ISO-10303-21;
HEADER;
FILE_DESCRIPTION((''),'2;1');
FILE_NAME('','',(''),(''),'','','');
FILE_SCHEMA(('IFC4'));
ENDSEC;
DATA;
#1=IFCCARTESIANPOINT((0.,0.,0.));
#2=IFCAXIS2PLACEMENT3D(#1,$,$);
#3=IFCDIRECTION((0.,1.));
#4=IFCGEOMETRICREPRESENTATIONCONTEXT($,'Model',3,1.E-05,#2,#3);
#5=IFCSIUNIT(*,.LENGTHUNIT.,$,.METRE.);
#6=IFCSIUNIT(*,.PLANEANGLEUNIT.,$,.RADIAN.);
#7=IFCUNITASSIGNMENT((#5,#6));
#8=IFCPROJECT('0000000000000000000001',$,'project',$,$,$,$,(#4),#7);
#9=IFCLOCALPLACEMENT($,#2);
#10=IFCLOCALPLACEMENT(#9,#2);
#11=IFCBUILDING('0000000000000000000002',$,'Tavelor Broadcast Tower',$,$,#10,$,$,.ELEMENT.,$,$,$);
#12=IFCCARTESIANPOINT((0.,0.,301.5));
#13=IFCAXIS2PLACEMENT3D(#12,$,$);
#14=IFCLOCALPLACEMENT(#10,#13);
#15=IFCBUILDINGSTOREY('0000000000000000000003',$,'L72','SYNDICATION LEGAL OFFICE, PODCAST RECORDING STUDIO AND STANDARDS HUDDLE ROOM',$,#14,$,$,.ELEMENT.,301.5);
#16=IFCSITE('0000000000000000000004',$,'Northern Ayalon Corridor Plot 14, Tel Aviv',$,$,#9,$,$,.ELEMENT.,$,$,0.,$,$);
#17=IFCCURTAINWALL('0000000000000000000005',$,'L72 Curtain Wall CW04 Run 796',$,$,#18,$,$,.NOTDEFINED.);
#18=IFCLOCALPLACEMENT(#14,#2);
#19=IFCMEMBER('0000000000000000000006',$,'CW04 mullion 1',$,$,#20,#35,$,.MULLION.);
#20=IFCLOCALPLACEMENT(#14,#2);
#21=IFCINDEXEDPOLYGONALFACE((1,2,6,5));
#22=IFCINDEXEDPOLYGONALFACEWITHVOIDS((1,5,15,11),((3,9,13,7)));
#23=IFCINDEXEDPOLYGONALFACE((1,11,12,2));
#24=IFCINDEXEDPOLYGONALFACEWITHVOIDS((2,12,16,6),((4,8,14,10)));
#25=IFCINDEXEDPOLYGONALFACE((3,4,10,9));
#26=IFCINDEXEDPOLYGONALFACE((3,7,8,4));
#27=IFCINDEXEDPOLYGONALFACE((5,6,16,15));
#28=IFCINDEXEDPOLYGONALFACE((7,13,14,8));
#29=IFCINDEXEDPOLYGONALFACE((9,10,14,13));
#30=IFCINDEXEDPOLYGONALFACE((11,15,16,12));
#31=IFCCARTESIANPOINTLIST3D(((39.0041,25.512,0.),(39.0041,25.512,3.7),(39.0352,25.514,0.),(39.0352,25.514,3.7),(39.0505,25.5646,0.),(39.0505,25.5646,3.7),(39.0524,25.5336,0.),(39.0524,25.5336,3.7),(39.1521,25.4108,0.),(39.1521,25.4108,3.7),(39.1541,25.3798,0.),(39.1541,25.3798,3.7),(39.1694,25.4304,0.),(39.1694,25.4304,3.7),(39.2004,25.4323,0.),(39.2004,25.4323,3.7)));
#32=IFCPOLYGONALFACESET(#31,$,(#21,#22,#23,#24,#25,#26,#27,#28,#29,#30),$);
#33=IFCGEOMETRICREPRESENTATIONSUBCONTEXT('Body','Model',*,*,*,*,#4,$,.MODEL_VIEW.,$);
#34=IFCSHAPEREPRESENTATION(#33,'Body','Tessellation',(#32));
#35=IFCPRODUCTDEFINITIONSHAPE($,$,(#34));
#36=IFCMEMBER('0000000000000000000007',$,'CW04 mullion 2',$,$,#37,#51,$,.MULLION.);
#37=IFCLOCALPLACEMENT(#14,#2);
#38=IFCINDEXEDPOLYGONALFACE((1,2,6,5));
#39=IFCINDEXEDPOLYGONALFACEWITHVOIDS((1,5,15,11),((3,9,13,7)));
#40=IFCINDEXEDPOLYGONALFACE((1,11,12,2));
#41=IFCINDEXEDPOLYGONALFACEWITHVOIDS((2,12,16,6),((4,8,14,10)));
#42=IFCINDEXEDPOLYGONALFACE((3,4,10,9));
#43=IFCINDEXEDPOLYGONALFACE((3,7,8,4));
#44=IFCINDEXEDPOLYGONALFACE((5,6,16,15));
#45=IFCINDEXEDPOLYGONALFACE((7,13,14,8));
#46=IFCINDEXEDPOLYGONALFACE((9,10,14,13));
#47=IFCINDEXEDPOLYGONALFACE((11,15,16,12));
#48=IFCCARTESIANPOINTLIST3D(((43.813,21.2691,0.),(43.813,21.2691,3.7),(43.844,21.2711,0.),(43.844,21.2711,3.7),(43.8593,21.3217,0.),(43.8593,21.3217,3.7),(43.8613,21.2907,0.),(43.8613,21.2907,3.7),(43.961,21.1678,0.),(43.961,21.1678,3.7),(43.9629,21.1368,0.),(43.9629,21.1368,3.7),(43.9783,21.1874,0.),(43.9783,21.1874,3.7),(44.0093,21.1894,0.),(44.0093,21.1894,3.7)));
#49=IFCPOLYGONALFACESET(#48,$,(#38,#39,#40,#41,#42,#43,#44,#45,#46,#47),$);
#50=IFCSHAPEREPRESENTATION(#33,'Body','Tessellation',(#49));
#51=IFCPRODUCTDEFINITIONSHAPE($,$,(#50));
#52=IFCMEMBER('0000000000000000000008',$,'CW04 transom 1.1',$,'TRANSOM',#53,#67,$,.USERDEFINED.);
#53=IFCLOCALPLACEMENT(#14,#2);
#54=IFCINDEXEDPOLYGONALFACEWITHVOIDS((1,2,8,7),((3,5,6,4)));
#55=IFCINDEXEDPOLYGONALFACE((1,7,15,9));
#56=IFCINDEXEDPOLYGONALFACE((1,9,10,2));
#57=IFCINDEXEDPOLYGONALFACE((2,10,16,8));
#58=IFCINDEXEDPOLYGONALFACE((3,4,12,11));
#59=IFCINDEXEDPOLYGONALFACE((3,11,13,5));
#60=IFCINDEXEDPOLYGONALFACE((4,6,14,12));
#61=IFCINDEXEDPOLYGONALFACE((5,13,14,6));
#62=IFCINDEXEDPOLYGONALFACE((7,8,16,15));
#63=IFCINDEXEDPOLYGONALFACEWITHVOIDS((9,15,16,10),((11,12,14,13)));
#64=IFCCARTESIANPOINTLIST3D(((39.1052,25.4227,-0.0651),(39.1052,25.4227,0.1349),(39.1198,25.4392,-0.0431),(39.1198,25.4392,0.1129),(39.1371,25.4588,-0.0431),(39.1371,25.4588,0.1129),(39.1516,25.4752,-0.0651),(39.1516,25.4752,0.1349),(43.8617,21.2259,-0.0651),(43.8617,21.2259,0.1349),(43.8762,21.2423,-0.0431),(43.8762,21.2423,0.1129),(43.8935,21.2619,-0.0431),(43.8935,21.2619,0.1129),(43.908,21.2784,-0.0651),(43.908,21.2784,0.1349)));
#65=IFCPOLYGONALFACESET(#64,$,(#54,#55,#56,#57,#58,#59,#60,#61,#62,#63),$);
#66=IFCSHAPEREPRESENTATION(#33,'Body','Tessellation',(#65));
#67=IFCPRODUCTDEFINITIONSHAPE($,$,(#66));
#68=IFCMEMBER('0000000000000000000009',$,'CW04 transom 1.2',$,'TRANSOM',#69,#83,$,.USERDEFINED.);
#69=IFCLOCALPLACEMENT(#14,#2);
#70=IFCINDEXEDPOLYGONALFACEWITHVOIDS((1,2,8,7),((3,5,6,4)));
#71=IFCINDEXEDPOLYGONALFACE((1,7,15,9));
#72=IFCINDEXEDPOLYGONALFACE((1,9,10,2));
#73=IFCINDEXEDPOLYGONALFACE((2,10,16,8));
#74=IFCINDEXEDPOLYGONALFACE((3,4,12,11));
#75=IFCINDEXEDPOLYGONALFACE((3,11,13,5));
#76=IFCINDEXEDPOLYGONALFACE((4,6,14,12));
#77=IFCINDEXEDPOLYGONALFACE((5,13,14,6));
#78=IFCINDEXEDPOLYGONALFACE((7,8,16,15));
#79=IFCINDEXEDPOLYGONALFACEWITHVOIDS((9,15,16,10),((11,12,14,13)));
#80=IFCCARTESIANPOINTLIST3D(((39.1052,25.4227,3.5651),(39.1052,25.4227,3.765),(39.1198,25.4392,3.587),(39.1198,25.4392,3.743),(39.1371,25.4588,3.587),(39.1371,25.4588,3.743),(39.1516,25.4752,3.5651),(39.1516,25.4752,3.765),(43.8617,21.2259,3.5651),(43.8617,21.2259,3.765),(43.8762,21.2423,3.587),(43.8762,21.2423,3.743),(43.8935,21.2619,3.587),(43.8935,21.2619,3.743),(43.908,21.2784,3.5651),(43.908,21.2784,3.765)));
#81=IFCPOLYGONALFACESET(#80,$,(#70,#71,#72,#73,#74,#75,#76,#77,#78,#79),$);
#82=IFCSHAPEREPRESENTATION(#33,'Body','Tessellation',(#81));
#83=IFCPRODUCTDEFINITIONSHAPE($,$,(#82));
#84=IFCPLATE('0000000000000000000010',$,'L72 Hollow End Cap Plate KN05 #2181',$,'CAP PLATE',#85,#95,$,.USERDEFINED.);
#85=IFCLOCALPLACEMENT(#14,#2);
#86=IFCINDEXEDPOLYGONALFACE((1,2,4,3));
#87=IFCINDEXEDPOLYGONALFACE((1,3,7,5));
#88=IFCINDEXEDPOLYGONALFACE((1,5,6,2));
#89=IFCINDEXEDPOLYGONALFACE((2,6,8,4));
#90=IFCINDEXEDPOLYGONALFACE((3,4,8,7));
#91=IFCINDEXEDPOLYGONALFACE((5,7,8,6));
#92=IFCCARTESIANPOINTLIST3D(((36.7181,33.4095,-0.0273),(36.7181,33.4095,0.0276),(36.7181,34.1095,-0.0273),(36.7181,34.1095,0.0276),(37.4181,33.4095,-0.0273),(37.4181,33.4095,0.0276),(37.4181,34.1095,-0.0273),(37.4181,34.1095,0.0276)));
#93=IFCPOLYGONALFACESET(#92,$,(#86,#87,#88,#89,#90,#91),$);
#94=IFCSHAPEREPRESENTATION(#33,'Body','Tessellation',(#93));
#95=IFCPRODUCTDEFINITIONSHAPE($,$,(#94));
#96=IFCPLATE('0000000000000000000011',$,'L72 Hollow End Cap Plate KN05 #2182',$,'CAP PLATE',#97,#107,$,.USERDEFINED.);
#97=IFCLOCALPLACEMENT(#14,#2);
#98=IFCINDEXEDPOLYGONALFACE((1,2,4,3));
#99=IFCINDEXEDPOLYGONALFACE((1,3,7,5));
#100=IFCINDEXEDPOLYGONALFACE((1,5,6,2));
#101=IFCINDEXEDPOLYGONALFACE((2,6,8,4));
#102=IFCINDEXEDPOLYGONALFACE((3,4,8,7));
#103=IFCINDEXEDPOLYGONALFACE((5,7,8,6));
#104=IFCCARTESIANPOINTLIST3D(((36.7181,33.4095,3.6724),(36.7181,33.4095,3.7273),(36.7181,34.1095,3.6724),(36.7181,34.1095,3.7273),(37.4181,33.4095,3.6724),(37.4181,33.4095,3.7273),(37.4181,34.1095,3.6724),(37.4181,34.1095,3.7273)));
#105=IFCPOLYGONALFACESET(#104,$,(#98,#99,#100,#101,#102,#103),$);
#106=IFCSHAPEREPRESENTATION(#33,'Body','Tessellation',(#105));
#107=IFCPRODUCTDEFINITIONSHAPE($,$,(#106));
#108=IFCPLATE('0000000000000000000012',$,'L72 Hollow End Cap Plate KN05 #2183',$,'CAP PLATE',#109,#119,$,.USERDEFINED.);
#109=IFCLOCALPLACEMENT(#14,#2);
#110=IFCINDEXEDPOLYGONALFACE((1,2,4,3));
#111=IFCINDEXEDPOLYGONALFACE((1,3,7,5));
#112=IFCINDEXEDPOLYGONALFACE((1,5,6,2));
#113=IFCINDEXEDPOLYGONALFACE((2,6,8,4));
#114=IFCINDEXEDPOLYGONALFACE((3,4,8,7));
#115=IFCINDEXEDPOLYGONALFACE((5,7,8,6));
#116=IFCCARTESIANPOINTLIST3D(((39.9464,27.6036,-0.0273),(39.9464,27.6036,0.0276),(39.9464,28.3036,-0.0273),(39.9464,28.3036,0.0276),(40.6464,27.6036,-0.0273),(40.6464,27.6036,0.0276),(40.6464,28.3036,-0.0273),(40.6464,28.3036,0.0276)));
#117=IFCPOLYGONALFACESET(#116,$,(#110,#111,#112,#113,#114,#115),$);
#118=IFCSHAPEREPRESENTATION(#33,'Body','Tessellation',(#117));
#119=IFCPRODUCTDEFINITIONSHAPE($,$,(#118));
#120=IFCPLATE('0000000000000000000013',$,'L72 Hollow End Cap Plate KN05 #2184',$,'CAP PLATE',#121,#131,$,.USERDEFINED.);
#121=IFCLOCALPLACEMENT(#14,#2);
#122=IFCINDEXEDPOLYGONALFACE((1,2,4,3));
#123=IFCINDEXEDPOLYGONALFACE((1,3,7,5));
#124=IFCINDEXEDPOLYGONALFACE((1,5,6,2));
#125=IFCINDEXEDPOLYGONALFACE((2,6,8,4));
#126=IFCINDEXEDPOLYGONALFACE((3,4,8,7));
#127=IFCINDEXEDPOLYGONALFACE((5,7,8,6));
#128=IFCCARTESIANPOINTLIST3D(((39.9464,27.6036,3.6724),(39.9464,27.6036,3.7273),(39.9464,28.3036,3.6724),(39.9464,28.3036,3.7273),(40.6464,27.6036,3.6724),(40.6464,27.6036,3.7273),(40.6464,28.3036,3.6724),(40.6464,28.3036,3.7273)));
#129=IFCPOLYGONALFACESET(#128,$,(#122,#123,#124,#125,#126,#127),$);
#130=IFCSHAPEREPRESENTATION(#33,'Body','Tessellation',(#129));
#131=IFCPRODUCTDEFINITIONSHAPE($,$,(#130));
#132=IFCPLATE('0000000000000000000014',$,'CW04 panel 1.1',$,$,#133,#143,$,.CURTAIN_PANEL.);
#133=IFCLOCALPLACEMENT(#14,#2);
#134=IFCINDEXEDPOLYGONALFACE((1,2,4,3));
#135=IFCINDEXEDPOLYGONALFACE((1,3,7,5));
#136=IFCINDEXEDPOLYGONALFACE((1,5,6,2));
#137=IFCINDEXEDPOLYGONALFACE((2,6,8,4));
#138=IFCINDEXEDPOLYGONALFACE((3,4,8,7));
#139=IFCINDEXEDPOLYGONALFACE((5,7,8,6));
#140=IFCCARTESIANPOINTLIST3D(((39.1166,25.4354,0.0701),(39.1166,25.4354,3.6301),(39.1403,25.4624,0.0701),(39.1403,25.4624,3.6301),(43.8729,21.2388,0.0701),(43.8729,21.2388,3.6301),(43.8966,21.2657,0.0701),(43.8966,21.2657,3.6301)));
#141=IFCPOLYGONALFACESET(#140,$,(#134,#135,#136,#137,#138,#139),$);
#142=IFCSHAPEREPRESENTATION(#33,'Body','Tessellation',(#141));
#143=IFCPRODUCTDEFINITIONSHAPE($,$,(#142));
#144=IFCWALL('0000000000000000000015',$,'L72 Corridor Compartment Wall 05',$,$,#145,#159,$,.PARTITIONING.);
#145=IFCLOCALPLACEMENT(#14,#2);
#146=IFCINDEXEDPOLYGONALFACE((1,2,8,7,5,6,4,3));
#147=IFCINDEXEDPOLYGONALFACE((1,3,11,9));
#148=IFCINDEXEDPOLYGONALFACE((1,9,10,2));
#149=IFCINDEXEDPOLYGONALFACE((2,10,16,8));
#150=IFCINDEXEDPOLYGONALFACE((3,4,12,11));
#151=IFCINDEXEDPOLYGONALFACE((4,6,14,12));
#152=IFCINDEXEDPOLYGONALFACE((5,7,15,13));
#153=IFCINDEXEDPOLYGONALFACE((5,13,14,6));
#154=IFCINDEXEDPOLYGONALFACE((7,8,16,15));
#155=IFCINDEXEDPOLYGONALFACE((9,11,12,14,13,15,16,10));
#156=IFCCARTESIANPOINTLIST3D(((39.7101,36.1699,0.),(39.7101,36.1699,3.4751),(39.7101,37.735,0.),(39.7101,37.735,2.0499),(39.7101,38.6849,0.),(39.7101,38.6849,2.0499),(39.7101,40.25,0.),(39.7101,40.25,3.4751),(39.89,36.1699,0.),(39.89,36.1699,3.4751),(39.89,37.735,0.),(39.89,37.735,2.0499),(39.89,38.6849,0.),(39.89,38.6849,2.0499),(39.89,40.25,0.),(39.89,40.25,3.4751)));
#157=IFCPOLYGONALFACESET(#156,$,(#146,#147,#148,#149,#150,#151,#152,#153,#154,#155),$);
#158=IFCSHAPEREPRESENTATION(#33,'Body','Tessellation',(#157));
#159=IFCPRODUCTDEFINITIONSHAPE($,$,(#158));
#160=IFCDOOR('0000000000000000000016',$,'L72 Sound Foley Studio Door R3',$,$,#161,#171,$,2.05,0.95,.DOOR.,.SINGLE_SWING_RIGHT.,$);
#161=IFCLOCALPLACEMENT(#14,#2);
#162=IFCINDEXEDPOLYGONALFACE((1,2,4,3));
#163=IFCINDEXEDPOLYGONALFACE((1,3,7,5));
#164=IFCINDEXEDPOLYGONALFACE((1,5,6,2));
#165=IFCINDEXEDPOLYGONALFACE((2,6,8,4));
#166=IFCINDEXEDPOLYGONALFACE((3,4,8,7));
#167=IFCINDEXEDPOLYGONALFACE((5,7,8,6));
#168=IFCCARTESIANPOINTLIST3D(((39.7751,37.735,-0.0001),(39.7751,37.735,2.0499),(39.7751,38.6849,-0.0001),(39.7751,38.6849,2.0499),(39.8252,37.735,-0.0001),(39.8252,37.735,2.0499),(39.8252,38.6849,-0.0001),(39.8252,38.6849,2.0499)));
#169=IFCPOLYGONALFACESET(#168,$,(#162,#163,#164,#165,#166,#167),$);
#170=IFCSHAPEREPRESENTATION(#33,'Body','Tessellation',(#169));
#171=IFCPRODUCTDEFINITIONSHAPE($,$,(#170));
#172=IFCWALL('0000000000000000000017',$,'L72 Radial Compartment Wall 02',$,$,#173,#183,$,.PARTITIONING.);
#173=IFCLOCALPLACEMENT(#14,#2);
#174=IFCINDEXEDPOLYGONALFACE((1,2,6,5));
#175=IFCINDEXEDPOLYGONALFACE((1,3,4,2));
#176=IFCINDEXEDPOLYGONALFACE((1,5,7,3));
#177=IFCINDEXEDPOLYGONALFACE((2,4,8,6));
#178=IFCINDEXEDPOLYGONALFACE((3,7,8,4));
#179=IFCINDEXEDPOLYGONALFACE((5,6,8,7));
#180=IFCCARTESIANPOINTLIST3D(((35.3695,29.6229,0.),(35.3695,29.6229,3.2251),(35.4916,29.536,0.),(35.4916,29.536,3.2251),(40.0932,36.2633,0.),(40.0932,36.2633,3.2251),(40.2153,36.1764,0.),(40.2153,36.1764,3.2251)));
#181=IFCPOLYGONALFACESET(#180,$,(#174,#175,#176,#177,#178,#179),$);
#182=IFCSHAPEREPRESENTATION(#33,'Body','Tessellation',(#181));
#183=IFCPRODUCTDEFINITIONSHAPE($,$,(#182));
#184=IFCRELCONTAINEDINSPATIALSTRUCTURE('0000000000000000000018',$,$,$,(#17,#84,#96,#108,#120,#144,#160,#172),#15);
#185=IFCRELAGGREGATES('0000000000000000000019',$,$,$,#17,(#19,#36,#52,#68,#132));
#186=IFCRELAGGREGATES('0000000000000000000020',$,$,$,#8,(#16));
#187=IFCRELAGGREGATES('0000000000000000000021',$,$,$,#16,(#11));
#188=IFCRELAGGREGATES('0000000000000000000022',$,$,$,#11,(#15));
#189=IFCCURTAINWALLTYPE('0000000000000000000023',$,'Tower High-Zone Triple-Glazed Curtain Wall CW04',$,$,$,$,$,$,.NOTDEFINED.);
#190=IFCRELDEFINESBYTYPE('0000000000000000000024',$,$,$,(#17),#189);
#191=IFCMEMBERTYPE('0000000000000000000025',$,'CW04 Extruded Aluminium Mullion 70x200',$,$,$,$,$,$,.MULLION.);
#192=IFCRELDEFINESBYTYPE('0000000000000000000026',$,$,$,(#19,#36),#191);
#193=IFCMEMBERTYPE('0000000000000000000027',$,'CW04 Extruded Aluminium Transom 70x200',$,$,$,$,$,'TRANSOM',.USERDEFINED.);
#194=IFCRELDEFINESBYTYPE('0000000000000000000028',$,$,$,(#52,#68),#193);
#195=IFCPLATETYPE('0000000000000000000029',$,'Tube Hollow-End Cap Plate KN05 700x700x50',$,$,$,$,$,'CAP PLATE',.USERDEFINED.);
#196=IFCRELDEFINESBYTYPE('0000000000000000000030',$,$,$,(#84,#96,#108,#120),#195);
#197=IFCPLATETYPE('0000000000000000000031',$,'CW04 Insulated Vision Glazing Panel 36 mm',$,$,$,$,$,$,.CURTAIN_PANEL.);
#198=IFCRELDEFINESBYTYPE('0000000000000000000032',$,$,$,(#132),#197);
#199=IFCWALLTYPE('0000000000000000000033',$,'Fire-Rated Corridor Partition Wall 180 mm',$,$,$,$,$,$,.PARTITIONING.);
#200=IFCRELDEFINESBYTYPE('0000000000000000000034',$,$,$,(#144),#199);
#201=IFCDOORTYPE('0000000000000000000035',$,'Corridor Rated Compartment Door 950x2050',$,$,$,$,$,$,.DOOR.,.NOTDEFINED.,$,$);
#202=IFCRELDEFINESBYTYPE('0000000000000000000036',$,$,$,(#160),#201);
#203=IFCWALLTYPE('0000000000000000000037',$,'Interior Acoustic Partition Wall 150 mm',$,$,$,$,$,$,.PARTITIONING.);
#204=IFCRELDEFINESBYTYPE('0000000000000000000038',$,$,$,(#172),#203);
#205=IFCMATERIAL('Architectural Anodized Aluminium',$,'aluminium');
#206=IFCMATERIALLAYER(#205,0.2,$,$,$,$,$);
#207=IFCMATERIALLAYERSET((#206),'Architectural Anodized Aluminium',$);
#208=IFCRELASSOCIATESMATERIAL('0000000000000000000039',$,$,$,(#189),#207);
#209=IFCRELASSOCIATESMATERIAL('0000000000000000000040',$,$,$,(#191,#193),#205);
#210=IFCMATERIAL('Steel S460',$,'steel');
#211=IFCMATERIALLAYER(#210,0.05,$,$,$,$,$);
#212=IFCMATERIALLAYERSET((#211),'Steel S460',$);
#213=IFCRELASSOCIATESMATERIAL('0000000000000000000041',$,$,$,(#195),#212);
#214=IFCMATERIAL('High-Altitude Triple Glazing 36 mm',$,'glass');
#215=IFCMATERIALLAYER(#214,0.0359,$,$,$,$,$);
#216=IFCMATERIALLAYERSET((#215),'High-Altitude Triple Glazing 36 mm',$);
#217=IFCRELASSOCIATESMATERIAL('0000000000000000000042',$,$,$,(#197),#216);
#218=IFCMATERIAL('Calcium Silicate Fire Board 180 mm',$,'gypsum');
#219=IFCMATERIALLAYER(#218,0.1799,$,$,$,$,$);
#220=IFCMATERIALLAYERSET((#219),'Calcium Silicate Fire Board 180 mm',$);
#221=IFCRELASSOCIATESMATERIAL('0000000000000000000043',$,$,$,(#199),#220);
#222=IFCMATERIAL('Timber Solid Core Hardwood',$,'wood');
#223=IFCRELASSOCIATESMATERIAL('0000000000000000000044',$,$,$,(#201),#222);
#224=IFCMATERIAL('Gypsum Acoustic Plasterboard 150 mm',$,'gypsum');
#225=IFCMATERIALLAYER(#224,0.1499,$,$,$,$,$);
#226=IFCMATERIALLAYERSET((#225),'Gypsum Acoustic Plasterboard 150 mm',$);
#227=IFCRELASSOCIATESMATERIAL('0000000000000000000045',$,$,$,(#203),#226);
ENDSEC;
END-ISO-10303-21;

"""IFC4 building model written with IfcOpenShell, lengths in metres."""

from ifc_helpers import new_model, si_unit, direction, frame, frame_2d, origin, origin_2d, place, context, subcontext, project, spatial, rectangle, hollow_rectangle, extrude, source, transform, mapped, material, layer, layer_set, material_profile, profile_set, type_object, type_shapes, element, fill, aggregate, save


model = new_model("IFC4")

# Units and contexts
model_context = context("Model", 3, precision=1e-05, world=origin(), true_north=direction((0.0, 1.0)))
body_context = subcontext(model_context, "Body", "Model", "MODEL_VIEW")
ifc_project = project(units=[si_unit("LENGTHUNIT", "METRE"), si_unit("PLANEANGLEUNIT", "RADIAN")], contexts=[model_context])

# Site, building, storey
site_placement = place(None, origin())
site = spatial("IfcSite", under=ifc_project, at=site_placement, Name="Northern Ayalon Corridor Plot 14, Tel Aviv", CompositionType="ELEMENT", RefElevation=0.0)
building_placement = place(site_placement, origin())
building = spatial("IfcBuilding", under=site, at=building_placement, Name="Tavelor Broadcast Tower", CompositionType="ELEMENT")
storey_placement = place(building_placement, frame((0.0, 0.0, 301.5)))
storey = spatial("IfcBuildingStorey", under=building, at=storey_placement, Name="L72", Description="SYNDICATION LEGAL OFFICE, PODCAST RECORDING STUDIO AND STANDARDS HUDDLE ROOM", CompositionType="ELEMENT", Elevation=301.5)

# Shared definitions
ifc_material_1 = material(Name="Steel S460", Category="steel")

# Shared definitions
ifc_material_2 = material(Name="Architectural Anodized Aluminium", Category="aluminium")
ifc_layer_1 = layer(ifc_material_2, 0.2)
ifc_layer_set_1 = layer_set([ifc_layer_1], Name="Architectural Anodized Aluminium")
curtain_wall_type = type_object("IfcCurtainWallType", Name="Tower High-Zone Triple-Glazed Curtain Wall CW04", PredefinedType="NOTDEFINED", material=ifc_layer_set_1)
ifc_material_profile_1 = material_profile(ifc_material_2, hollow_rectangle(XDim=0.0701, YDim=0.2, WallThickness=0.022, at=origin_2d()), Name="RHS 70x200x22")
ifc_profile_set_1 = profile_set([ifc_material_profile_1], Name="Architectural Anodized Aluminium")
member_type_1 = type_object("IfcMemberType", Name="CW04 Extruded Aluminium Mullion 70x200", PredefinedType="MULLION", material=ifc_profile_set_1)
shared_shape_1 = source(origin(), body_context, "Body", "SweptSolid", [
    extrude(hollow_rectangle(XDim=0.0701, YDim=0.2, WallThickness=0.022, at=origin_2d()), origin(), (0.0, 0.0, 1.0), 3.7),
])
type_shapes(member_type_1, [shared_shape_1])

# Curtain wall, members
curtain_wall_1_placement = place(storey_placement, origin())
curtain_wall_1 = element("IfcCurtainWall", 1, at=curtain_wall_1_placement, inside=storey, type_object=curtain_wall_type, Name="L72 Curtain Wall CW04 Run 796", PredefinedType="NOTDEFINED")
member_1_placement = place(storey_placement, frame((39.1023, 25.4722, 0.0), z_axis=(0.0, 0.0, 1.0), x_axis=(0.661614, 0.749844, 0.0)))
member_1 = element("IfcMember", 2, at=member_1_placement, type_object=member_type_1, Name="CW04 mullion 1", PredefinedType="MULLION", context=body_context, shape_type="MappedRepresentation", body=[
    mapped(shared_shape_1, transform((0.0, 0.0, 0.0), scale=1.0)),
])
member_2_placement = place(storey_placement, frame((43.9111, 21.2292, 0.0), z_axis=(0.0, 0.0, 1.0), x_axis=(0.661614, 0.749844, 0.0)))
member_2 = element("IfcMember", 3, at=member_2_placement, type_object=member_type_1, Name="CW04 mullion 2", PredefinedType="MULLION", context=body_context, shape_type="MappedRepresentation", body=[
    mapped(shared_shape_1, transform((0.0, 0.0, 0.0), scale=1.0)),
])
ifc_material_profile_2 = material_profile(ifc_material_2, hollow_rectangle(XDim=0.0701, YDim=0.2, WallThickness=0.022, at=origin_2d()), Name="RHS 70x200x22")
ifc_profile_set_2 = profile_set([ifc_material_profile_2], Name="Architectural Anodized Aluminium")
member_type_2 = type_object("IfcMemberType", Name="CW04 Extruded Aluminium Transom 70x200", ElementType="TRANSOM", PredefinedType="USERDEFINED", material=ifc_profile_set_2)
shared_shape_2 = source(origin(), body_context, "Body", "SweptSolid", [
    extrude(hollow_rectangle(XDim=0.0701, YDim=0.2, WallThickness=0.022, at=origin_2d()), origin(), (0.0, 0.0, 1.0), 6.3433),
])
type_shapes(member_type_2, [shared_shape_2])
member_3_placement = place(storey_placement, frame((39.1284, 25.449, 0.0349), z_axis=(0.749838, -0.661622, 0.0), x_axis=(0.661622, 0.749838, 0.0)))
member_3 = element("IfcMember", 4, at=member_3_placement, type_object=member_type_2, Name="CW04 transom 1.1", ObjectType="TRANSOM", PredefinedType="USERDEFINED", context=body_context, shape_type="MappedRepresentation", body=[
    mapped(shared_shape_2, transform((0.0, 0.0, 0.0), scale=1.0)),
])
member_4_placement = place(storey_placement, frame((39.1284, 25.449, 3.665), z_axis=(0.749838, -0.661622, 0.0), x_axis=(0.661622, 0.749838, 0.0)))
member_4 = element("IfcMember", 5, at=member_4_placement, type_object=member_type_2, Name="CW04 transom 1.2", ObjectType="TRANSOM", PredefinedType="USERDEFINED", context=body_context, shape_type="MappedRepresentation", body=[
    mapped(shared_shape_2, transform((0.0, 0.0, 0.0), scale=1.0)),
])

# Plates
ifc_layer_2 = layer(ifc_material_1, 0.05)
ifc_layer_set_2 = layer_set([ifc_layer_2], Name="Steel S460")
plate_type_1 = type_object("IfcPlateType", Name="Tube Hollow-End Cap Plate KN05 700x700x50", ElementType="CAP PLATE", PredefinedType="USERDEFINED", material=ifc_layer_set_2)
shared_shape_3 = source(origin(), body_context, "Body", "SweptSolid", [
    extrude(rectangle(XDim=0.7, YDim=0.7, at=origin_2d()), origin(), (0.0, 0.0, 1.0), 0.0549),
])
type_shapes(plate_type_1, [shared_shape_3])
for number, where, z_axis, x_axis, name in (
    (6, (37.0681, 33.7595, -0.0273), (0.0, 0.0, 1.0), (1.0, 0.0, 0.0), "L72 Hollow End Cap Plate KN05 #2181"),
    (7, (37.0681, 33.7595, 3.6724), (0.0, 0.0, 1.0), (1.0, 0.0, 0.0), "L72 Hollow End Cap Plate KN05 #2182"),
    (8, (40.2964, 27.9536, -0.0273), (0.0, 0.0, 1.0), (1.0, 0.0, 0.0), "L72 Hollow End Cap Plate KN05 #2183"),
    (9, (40.2964, 27.9536, 3.6724), (0.0, 0.0, 1.0), (1.0, 0.0, 0.0), "L72 Hollow End Cap Plate KN05 #2184"),
):
    element("IfcPlate", number, at=place(storey_placement, frame(where, z_axis=z_axis, x_axis=x_axis)), inside=storey, type_object=plate_type_1, Name=name, ObjectType="CAP PLATE", PredefinedType="USERDEFINED", context=body_context, shape_type="MappedRepresentation", body=[
        mapped(shared_shape_3, transform((0.0, 0.0, 0.0), scale=1.0)),
    ])

# Plate
ifc_material_3 = material(Name="High-Altitude Triple Glazing 36 mm", Category="glass")
ifc_layer_3 = layer(ifc_material_3, 0.0359)
ifc_layer_set_3 = layer_set([ifc_layer_3], Name="High-Altitude Triple Glazing 36 mm")
plate_type_2 = type_object("IfcPlateType", Name="CW04 Insulated Vision Glazing Panel 36 mm", PredefinedType="CURTAIN_PANEL", material=ifc_layer_set_3)
shared_shape_4 = source(origin(), body_context, "Body", "SweptSolid", [
    extrude(rectangle(XDim=6.343, YDim=0.0359, at=origin_2d()), origin(), (0.0, 0.0, 1.0), 3.5601),
])
type_shapes(plate_type_2, [shared_shape_4])
plate_placement = place(storey_placement, frame((41.5066, 23.3506, 0.0701), z_axis=(0.0, 0.0, 1.0), x_axis=(0.749844, -0.661614, 0.0)))
plate = element("IfcPlate", 10, at=plate_placement, type_object=plate_type_2, Name="CW04 panel 1.1", PredefinedType="CURTAIN_PANEL", context=body_context, shape_type="MappedRepresentation", body=[
    mapped(shared_shape_4, transform((0.0, 0.0, 0.0), scale=1.0)),
])
aggregate(curtain_wall_1, [member_1, member_2, member_3, member_4, plate])

# Wall, opening, door
ifc_material_4 = material(Name="Calcium Silicate Fire Board 180 mm", Category="gypsum")
ifc_layer_4 = layer(ifc_material_4, 0.1799)
ifc_layer_set_4 = layer_set([ifc_layer_4], Name="Calcium Silicate Fire Board 180 mm")
wall_type_1 = type_object("IfcWallType", Name="Fire-Rated Corridor Partition Wall 180 mm", PredefinedType="PARTITIONING", material=ifc_layer_set_4)
wall_1_placement = place(storey_placement, frame((39.8, 36.1699, 0.0), z_axis=(0.0, 0.0, 1.0), x_axis=(0.0, 1.0, 0.0)))
wall_1 = element("IfcWall", 11, at=wall_1_placement, inside=storey, type_object=wall_type_1, Name="L72 Corridor Compartment Wall 05", PredefinedType="PARTITIONING", context=body_context, shape_type="SweptSolid", body=[
    extrude(rectangle(XDim=4.0801, YDim=0.1799, at=frame_2d((2.04, 0.0))), origin(), (0.0, 0.0, 1.0), 3.4751),
])
opening_1_placement = place(wall_1_placement, frame((1.5649, 0.0, 0.0)))
opening_1 = element("IfcOpeningElement", 12, at=opening_1_placement, cuts=wall_1, PredefinedType="OPENING", context=body_context, shape_type="SweptSolid", body=[
    extrude(rectangle(XDim=0.95, YDim=2.05, at=frame_2d((0.4751, 1.0249))), frame((0.0, 0.1001, 0.0), z_axis=(0.0, -1.0, 0.0), x_axis=(1.0, 0.0, 0.0)), (0.0, 0.0, 1.0), 0.2),
])
ifc_material_5 = material(Name="Timber Solid Core Hardwood", Category="wood")
door_type_1 = type_object("IfcDoorType", Name="Corridor Rated Compartment Door 950x2050", OperationType="NOTDEFINED", PredefinedType="DOOR", material=ifc_material_5)
door_1_placement = place(opening_1_placement, origin())
door_1 = element("IfcDoor", 13, at=door_1_placement, inside=storey, type_object=door_type_1, Name="L72 Sound Foley Studio Door R3", OperationType="SINGLE_SWING_RIGHT", OverallHeight=2.05, OverallWidth=0.95, PredefinedType="DOOR", context=body_context, shape_type="SweptSolid", body=[
    extrude(rectangle(XDim=0.95, YDim=2.05, at=frame_2d((0.4751, 1.0249))), frame((0.0, 0.0249, 0.0), z_axis=(0.0, -1.0, 0.0), x_axis=(1.0, 0.0, 0.0)), (0.0, 0.0, 1.0), 0.05),
])
fill(opening_1, door_1)

# Wall
ifc_material_6 = material(Name="Gypsum Acoustic Plasterboard 150 mm", Category="gypsum")
ifc_layer_5 = layer(ifc_material_6, 0.1499)
ifc_layer_set_5 = layer_set([ifc_layer_5], Name="Gypsum Acoustic Plasterboard 150 mm")
wall_type_2 = type_object("IfcWallType", Name="Interior Acoustic Partition Wall 150 mm", PredefinedType="PARTITIONING", material=ifc_layer_set_5)
wall_2_placement = place(storey_placement, frame((40.1543, 36.22, 0.0), z_axis=(0.0, 0.0, 1.0), x_axis=(-0.579653, -0.814864, 0.0)))
element("IfcWall", 14, at=wall_2_placement, inside=storey, type_object=wall_type_2, Name="L72 Radial Compartment Wall 02", PredefinedType="PARTITIONING", context=body_context, shape_type="SweptSolid", body=[
    extrude(rectangle(XDim=8.1492, YDim=0.1499, at=frame_2d((4.0747, 0.0))), origin(), (0.0, 0.0, 1.0), 3.2251),
])

save(model, "model.ifc")
